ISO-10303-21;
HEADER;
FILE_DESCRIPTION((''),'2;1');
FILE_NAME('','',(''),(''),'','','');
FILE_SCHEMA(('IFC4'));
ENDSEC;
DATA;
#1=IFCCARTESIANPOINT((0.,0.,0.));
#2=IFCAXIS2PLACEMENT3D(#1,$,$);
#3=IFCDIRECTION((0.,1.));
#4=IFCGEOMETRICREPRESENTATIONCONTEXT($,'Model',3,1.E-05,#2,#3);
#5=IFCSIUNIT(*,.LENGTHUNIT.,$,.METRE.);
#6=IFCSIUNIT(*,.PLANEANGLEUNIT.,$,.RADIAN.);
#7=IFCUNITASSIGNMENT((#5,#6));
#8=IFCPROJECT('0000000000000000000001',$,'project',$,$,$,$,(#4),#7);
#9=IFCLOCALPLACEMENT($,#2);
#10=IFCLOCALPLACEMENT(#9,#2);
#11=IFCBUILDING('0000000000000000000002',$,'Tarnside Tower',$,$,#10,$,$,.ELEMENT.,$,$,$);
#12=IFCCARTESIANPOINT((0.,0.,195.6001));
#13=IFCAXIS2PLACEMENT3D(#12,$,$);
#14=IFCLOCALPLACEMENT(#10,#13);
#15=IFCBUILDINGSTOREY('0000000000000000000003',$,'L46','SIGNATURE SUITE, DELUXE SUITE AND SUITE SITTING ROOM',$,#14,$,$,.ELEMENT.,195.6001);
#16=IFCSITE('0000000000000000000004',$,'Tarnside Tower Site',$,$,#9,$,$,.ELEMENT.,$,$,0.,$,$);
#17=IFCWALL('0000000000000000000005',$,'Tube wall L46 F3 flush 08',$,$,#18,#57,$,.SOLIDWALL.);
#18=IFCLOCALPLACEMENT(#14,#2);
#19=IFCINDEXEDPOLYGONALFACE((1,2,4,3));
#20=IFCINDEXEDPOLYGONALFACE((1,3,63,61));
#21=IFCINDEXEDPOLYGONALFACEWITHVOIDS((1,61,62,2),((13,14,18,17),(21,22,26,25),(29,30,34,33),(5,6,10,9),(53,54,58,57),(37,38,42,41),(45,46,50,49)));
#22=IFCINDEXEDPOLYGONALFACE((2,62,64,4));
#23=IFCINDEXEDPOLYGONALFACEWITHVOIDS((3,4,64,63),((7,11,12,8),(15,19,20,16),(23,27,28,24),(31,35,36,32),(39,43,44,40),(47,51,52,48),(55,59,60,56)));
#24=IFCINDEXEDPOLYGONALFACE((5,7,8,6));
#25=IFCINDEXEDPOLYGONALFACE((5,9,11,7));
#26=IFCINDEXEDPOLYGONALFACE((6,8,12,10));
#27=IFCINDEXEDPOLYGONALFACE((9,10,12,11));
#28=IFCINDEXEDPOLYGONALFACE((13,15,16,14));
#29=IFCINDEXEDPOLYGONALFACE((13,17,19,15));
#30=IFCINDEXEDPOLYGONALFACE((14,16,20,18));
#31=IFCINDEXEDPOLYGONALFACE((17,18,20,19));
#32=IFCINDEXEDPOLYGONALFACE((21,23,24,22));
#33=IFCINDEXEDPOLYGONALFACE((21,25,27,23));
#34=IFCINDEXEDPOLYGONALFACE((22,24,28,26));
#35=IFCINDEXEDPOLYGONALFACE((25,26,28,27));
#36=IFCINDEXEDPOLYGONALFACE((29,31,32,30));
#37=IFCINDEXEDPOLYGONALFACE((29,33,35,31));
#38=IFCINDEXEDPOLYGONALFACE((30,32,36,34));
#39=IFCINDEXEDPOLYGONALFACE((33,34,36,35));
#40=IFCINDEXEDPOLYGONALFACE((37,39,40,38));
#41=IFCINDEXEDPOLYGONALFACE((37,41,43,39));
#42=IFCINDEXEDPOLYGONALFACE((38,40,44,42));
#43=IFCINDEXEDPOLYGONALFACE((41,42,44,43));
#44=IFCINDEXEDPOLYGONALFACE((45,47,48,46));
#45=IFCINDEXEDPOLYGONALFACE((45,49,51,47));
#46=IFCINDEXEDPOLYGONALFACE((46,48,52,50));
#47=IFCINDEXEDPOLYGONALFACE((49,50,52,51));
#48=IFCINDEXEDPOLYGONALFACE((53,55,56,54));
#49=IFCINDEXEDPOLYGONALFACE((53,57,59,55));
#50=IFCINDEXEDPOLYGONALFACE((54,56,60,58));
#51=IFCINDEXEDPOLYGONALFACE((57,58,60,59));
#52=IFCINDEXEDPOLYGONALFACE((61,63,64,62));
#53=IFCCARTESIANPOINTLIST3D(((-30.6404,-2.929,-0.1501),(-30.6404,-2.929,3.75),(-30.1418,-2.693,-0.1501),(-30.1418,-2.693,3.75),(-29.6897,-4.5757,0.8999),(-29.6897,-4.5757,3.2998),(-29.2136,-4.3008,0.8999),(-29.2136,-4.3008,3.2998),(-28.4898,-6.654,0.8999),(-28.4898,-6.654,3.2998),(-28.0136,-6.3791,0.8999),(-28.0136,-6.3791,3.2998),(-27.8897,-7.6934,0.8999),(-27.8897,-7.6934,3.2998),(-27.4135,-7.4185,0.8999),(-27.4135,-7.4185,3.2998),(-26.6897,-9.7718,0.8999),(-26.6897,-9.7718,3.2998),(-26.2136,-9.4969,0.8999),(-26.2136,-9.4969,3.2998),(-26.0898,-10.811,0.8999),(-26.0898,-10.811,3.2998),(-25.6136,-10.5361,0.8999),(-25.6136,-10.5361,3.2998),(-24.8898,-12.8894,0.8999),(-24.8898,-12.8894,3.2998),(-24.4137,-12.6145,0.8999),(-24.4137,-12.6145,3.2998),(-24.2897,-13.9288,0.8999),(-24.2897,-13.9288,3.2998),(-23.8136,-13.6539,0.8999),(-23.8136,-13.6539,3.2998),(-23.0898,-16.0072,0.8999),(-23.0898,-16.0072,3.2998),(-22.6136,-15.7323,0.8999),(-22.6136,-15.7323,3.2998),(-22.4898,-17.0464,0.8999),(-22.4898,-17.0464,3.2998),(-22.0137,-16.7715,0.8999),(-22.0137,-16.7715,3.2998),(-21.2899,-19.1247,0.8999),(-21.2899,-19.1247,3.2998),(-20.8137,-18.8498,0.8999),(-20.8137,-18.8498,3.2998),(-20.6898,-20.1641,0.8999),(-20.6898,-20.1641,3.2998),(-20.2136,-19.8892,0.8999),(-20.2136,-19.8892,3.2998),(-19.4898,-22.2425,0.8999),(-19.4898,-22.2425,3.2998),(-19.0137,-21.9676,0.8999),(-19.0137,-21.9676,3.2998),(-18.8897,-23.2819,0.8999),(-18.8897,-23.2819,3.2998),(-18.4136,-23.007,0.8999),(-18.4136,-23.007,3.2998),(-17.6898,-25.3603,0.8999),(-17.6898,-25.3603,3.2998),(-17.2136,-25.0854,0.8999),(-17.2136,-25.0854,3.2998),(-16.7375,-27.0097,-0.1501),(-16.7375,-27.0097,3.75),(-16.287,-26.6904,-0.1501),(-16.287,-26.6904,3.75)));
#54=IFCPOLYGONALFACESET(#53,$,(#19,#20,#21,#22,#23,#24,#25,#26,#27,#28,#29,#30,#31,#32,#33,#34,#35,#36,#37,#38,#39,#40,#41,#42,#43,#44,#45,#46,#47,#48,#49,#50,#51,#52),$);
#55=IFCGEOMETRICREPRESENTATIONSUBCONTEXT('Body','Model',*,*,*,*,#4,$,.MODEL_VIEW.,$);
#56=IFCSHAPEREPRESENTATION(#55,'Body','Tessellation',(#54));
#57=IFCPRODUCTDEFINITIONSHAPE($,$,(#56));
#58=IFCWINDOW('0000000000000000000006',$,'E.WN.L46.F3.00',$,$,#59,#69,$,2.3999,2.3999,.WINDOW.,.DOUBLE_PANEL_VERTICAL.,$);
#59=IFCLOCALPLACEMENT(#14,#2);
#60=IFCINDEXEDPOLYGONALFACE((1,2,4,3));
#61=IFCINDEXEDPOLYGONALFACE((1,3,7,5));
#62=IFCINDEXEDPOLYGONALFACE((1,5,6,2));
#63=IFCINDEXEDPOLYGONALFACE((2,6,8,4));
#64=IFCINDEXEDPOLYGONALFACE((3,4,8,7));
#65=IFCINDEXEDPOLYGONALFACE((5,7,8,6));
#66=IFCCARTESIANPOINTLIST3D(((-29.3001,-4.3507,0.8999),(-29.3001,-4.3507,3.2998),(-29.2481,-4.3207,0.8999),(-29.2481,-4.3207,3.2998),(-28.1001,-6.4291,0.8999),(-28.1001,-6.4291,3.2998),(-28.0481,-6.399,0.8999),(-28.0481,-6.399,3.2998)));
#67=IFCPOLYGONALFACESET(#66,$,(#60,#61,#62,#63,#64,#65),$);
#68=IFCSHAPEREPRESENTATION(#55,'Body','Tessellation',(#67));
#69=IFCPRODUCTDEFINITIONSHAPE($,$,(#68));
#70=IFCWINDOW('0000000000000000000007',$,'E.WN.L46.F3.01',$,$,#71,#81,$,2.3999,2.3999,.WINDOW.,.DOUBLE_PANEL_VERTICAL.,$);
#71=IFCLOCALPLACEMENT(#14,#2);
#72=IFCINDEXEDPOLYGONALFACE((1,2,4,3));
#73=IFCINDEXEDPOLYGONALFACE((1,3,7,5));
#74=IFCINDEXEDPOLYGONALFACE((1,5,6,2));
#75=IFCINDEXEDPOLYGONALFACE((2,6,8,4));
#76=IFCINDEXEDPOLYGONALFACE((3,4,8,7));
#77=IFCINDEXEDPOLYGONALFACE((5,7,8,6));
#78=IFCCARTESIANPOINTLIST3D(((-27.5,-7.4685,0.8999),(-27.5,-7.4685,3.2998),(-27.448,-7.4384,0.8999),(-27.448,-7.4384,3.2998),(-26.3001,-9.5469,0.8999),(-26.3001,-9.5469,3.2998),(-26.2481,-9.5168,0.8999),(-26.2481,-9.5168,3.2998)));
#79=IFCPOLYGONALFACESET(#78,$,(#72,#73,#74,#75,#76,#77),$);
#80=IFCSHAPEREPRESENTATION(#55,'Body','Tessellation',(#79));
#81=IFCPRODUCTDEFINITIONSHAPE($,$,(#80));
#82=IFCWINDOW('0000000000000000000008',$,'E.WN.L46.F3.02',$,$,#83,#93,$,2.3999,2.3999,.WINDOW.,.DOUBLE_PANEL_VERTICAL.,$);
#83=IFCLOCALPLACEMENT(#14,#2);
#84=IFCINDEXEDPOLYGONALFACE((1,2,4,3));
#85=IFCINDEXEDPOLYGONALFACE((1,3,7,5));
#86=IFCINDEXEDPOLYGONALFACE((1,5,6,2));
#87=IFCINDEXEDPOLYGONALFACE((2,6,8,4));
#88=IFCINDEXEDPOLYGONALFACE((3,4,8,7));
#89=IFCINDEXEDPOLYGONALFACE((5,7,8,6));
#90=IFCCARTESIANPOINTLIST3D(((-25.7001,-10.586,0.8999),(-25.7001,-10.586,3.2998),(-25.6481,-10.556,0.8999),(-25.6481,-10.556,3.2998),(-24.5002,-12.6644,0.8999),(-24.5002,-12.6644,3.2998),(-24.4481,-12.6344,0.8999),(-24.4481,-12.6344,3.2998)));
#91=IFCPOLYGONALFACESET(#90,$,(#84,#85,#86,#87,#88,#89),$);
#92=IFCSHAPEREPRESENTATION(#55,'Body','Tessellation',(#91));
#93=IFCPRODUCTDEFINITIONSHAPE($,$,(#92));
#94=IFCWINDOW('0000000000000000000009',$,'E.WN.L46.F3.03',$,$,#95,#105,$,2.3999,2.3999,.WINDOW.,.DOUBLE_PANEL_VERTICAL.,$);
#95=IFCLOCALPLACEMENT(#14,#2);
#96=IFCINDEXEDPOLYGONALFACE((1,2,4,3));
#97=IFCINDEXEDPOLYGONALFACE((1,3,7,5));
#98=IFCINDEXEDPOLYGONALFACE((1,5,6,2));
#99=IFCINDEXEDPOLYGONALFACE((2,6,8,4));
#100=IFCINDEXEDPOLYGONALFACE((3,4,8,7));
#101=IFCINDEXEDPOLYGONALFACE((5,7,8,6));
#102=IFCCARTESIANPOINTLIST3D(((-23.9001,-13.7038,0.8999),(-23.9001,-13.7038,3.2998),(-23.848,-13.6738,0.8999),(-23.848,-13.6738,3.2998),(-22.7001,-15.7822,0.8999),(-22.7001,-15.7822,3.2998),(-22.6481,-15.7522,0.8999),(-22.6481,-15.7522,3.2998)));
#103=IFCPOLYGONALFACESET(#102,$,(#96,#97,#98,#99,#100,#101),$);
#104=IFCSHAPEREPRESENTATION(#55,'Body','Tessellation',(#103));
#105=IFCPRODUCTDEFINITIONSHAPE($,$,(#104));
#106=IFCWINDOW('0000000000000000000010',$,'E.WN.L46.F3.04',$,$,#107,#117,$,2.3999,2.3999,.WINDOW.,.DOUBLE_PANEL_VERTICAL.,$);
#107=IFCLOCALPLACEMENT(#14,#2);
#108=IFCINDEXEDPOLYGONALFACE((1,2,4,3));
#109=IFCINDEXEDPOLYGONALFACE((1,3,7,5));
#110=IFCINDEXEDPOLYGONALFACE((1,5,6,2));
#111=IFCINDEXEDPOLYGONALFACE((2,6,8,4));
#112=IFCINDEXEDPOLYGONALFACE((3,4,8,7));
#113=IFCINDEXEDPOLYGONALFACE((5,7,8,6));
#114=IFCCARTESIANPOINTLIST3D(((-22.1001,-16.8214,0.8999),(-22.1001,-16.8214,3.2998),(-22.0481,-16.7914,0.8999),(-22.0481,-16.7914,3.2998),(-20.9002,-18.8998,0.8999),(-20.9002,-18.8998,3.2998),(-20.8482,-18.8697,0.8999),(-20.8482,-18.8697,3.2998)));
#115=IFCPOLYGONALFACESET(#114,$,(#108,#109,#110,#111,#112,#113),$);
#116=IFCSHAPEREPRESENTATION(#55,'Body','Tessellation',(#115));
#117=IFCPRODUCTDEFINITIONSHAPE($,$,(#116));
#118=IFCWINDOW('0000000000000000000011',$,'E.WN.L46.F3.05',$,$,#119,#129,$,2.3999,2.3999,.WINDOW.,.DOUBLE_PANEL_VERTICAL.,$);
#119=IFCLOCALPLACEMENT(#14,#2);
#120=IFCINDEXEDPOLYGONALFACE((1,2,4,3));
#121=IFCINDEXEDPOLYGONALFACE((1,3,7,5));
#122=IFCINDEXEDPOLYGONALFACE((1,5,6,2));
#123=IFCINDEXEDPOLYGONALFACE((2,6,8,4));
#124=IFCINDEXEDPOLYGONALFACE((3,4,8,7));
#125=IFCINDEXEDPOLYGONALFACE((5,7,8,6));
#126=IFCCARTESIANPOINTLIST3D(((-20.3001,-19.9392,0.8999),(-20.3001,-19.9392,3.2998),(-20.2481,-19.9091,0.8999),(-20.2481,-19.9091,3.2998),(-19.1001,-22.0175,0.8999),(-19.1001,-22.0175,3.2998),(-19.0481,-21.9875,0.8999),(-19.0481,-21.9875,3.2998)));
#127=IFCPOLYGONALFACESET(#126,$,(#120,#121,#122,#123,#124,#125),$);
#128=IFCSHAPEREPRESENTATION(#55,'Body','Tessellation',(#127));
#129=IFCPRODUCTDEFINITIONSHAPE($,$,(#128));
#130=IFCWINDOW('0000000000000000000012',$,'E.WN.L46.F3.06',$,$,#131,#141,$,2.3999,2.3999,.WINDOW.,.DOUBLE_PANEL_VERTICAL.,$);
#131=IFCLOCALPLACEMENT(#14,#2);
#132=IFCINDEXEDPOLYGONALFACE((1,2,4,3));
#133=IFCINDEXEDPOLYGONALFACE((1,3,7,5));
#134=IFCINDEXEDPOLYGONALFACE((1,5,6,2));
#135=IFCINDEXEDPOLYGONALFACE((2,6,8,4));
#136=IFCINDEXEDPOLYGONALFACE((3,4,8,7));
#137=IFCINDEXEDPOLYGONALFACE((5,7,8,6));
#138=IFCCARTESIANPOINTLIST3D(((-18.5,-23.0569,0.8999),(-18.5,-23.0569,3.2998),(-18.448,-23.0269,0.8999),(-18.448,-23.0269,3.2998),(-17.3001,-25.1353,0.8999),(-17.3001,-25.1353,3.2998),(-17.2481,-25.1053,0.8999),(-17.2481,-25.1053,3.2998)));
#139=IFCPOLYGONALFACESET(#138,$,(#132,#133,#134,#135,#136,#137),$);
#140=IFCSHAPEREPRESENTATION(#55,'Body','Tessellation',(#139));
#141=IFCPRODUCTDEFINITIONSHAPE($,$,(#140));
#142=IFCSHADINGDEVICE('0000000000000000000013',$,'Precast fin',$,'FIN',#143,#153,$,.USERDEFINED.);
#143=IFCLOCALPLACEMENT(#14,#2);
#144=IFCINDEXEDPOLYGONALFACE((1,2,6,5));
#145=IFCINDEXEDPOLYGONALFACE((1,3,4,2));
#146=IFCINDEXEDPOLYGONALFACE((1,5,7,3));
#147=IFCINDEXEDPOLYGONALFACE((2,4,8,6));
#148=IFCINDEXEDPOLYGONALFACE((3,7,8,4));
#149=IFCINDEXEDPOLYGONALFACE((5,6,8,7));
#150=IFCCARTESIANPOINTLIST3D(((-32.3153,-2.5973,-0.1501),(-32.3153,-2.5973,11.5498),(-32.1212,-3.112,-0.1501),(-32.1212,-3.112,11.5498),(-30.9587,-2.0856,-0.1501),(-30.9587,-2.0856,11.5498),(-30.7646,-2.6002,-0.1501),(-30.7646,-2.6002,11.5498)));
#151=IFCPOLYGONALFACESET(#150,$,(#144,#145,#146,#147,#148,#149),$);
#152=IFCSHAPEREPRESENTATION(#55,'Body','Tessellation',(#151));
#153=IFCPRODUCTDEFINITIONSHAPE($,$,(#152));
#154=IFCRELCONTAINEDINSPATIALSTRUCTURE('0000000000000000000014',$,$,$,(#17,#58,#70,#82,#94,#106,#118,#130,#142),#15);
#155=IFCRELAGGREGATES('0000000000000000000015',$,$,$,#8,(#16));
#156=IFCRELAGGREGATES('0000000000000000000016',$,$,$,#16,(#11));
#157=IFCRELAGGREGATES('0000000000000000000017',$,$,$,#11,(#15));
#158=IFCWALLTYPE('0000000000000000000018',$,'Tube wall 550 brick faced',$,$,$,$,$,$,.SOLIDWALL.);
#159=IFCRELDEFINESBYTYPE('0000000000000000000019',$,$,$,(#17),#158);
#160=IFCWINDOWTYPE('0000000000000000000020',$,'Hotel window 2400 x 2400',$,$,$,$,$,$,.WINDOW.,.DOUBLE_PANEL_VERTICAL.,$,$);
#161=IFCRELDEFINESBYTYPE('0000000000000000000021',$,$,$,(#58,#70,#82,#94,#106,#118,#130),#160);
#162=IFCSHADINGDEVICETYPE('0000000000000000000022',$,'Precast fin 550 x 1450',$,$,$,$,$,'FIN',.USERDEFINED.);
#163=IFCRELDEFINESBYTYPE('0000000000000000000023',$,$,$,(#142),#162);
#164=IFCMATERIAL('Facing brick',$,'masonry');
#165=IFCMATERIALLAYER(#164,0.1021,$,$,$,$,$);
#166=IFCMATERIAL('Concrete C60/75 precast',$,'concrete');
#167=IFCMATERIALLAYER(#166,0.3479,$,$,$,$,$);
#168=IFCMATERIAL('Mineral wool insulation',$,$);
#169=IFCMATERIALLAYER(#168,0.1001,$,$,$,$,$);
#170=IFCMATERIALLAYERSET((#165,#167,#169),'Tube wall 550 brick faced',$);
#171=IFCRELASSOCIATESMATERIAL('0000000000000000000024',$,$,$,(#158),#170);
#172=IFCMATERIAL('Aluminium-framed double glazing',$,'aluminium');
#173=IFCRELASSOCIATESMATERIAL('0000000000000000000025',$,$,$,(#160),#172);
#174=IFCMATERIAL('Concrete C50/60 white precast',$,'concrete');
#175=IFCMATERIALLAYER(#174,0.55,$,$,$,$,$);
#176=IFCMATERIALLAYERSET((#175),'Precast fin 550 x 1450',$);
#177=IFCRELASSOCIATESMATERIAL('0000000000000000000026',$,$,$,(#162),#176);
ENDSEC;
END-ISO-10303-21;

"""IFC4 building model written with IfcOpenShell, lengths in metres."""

from ifc_helpers import new_model, si_unit, direction, frame, frame_2d, origin, place, context, subcontext, project, spatial, polyline, rectangle, outline, extrude, material, layer, layer_set, type_object, element, fill, save


model = new_model("IFC4")

# Units and contexts
model_context = context("Model", 3, precision=1e-05, world=origin(), true_north=direction((0.0, 1.0)))
body_context = subcontext(model_context, "Body", "Model", "MODEL_VIEW")
ifc_project = project(units=[si_unit("LENGTHUNIT", "METRE"), si_unit("PLANEANGLEUNIT", "RADIAN")], contexts=[model_context])

# Site, building, storey
site_placement = place(None, origin())
site = spatial("IfcSite", under=ifc_project, at=site_placement, Name="Tarnside Tower Site", CompositionType="ELEMENT", RefElevation=0.0)
building_placement = place(site_placement, origin())
building = spatial("IfcBuilding", under=site, at=building_placement, Name="Tarnside Tower", CompositionType="ELEMENT")
storey_placement = place(building_placement, frame((0.0, 0.0, 195.6001)))
storey = spatial("IfcBuildingStorey", under=building, at=storey_placement, Name="L46", Description="SIGNATURE SUITE, DELUXE SUITE AND SUITE SITTING ROOM", CompositionType="ELEMENT", Elevation=195.6001)

# Shared definitions
ifc_material_1 = material(Name="Facing brick", Category="masonry")
ifc_layer_1 = layer(ifc_material_1, 0.1021)
ifc_material_2 = material(Name="Concrete C60/75 precast", Category="concrete")
ifc_layer_2 = layer(ifc_material_2, 0.3479)
ifc_material_3 = material(Name="Mineral wool insulation")
ifc_layer_3 = layer(ifc_material_3, 0.1001)
ifc_layer_set_1 = layer_set([ifc_layer_1, ifc_layer_2, ifc_layer_3], Name="Tube wall 550 brick faced")
wall_type = type_object("IfcWallType", Name="Tube wall 550 brick faced", PredefinedType="SOLIDWALL", material=ifc_layer_set_1)

# Wall, openings, windows
wall_1_placement = place(storey_placement, frame((-30.3911, -2.811, -0.1501), z_axis=(0.0, 0.0, 1.0), x_axis=(0.499999, -0.866026, 0.0)))
wall_1 = element("IfcWall", 1, at=wall_1_placement, inside=storey, type_object=wall_type, Name="Tube wall L46 F3 flush 08", PredefinedType="SOLIDWALL", context=body_context, shape_type="SweptSolid", body=[
    extrude(outline(polyline([(-0.0225, -0.2749), (27.7834, -0.2749), (27.7322, 0.2749), (0.0225, 0.2749), (-0.0225, -0.2749)])), origin(), (0.0, 0.0, 1.0), 3.9001),
])
opening_1_placement = place(wall_1_placement, frame((1.8789, 0.0, 1.05)))
opening_1 = element("IfcOpeningElement", 2, at=opening_1_placement, cuts=wall_1, PredefinedType="OPENING", context=body_context, shape_type="SweptSolid", body=[
    extrude(rectangle(XDim=2.3999, YDim=2.3999, at=frame_2d((1.2, 1.2))), frame((0.0, 0.2852, 0.0), z_axis=(0.0, -1.0, 0.0), x_axis=(1.0, 0.0, 0.0)), (0.0, 0.0, 1.0), 0.5701),
])
opening_2_placement = place(wall_1_placement, frame((5.479, 0.0, 1.05)))
opening_2 = element("IfcOpeningElement", 3, at=opening_2_placement, cuts=wall_1, PredefinedType="OPENING", context=body_context, shape_type="SweptSolid", body=[
    extrude(rectangle(XDim=2.3999, YDim=2.3999, at=frame_2d((1.2, 1.2))), frame((0.0, 0.2852, 0.0), z_axis=(0.0, -1.0, 0.0), x_axis=(1.0, 0.0, 0.0)), (0.0, 0.0, 1.0), 0.5701),
])
opening_3_placement = place(wall_1_placement, frame((9.0789, 0.0, 1.05)))
opening_3 = element("IfcOpeningElement", 4, at=opening_3_placement, cuts=wall_1, PredefinedType="OPENING", context=body_context, shape_type="SweptSolid", body=[
    extrude(rectangle(XDim=2.3999, YDim=2.3999, at=frame_2d((1.2, 1.2))), frame((0.0, 0.2852, 0.0), z_axis=(0.0, -1.0, 0.0), x_axis=(1.0, 0.0, 0.0)), (0.0, 0.0, 1.0), 0.5701),
])
opening_4_placement = place(wall_1_placement, frame((12.679, 0.0, 1.05)))
opening_4 = element("IfcOpeningElement", 5, at=opening_4_placement, cuts=wall_1, PredefinedType="OPENING", context=body_context, shape_type="SweptSolid", body=[
    extrude(rectangle(XDim=2.3999, YDim=2.3999, at=frame_2d((1.2, 1.2))), frame((0.0, 0.2852, 0.0), z_axis=(0.0, -1.0, 0.0), x_axis=(1.0, 0.0, 0.0)), (0.0, 0.0, 1.0), 0.5701),
])
opening_5_placement = place(wall_1_placement, frame((16.2788, 0.0, 1.05)))
opening_5 = element("IfcOpeningElement", 6, at=opening_5_placement, cuts=wall_1, PredefinedType="OPENING", context=body_context, shape_type="SweptSolid", body=[
    extrude(rectangle(XDim=2.3999, YDim=2.3999, at=frame_2d((1.2, 1.2))), frame((0.0, 0.2852, 0.0), z_axis=(0.0, -1.0, 0.0), x_axis=(1.0, 0.0, 0.0)), (0.0, 0.0, 1.0), 0.5701),
])
opening_6_placement = place(wall_1_placement, frame((19.8789, 0.0, 1.05)))
opening_6 = element("IfcOpeningElement", 7, at=opening_6_placement, cuts=wall_1, PredefinedType="OPENING", context=body_context, shape_type="SweptSolid", body=[
    extrude(rectangle(XDim=2.3999, YDim=2.3999, at=frame_2d((1.2, 1.2))), frame((0.0, 0.2852, 0.0), z_axis=(0.0, -1.0, 0.0), x_axis=(1.0, 0.0, 0.0)), (0.0, 0.0, 1.0), 0.5701),
])
opening_7_placement = place(wall_1_placement, frame((23.479, 0.0, 1.05)))
opening_7 = element("IfcOpeningElement", 8, at=opening_7_placement, cuts=wall_1, PredefinedType="OPENING", context=body_context, shape_type="SweptSolid", body=[
    extrude(rectangle(XDim=2.3999, YDim=2.3999, at=frame_2d((1.2, 1.2))), frame((0.0, 0.2852, 0.0), z_axis=(0.0, -1.0, 0.0), x_axis=(1.0, 0.0, 0.0)), (0.0, 0.0, 1.0), 0.5701),
])
ifc_material_4 = material(Name="Aluminium-framed double glazing", Category="aluminium")
window_type = type_object("IfcWindowType", Name="Hotel window 2400 x 2400", PartitioningType="DOUBLE_PANEL_VERTICAL", PredefinedType="WINDOW", material=ifc_material_4)
window_1_placement = place(opening_1_placement, frame((0.0, 0.2051, 0.0)))
window_1 = element("IfcWindow", 9, at=window_1_placement, inside=storey, type_object=window_type, Name="E.WN.L46.F3.00", OverallHeight=2.3999, OverallWidth=2.3999, PartitioningType="DOUBLE_PANEL_VERTICAL", PredefinedType="WINDOW", context=body_context, shape_type="SweptSolid", body=[
    extrude(rectangle(XDim=2.3999, YDim=2.3999, at=frame_2d((1.2, 1.2))), frame((0.0, 0.03, 0.0), z_axis=(0.0, -1.0, 0.0), x_axis=(1.0, 0.0, 0.0)), (0.0, 0.0, 1.0), 0.0601),
])
fill(opening_1, window_1)
window_2_placement = place(opening_2_placement, frame((0.0, 0.2051, 0.0)))
window_2 = element("IfcWindow", 10, at=window_2_placement, inside=storey, type_object=window_type, Name="E.WN.L46.F3.01", OverallHeight=2.3999, OverallWidth=2.3999, PartitioningType="DOUBLE_PANEL_VERTICAL", PredefinedType="WINDOW", context=body_context, shape_type="SweptSolid", body=[
    extrude(rectangle(XDim=2.3999, YDim=2.3999, at=frame_2d((1.2, 1.2))), frame((0.0, 0.03, 0.0), z_axis=(0.0, -1.0, 0.0), x_axis=(1.0, 0.0, 0.0)), (0.0, 0.0, 1.0), 0.0601),
])
fill(opening_2, window_2)
window_3_placement = place(opening_3_placement, frame((0.0, 0.2051, 0.0)))
window_3 = element("IfcWindow", 11, at=window_3_placement, inside=storey, type_object=window_type, Name="E.WN.L46.F3.02", OverallHeight=2.3999, OverallWidth=2.3999, PartitioningType="DOUBLE_PANEL_VERTICAL", PredefinedType="WINDOW", context=body_context, shape_type="SweptSolid", body=[
    extrude(rectangle(XDim=2.3999, YDim=2.3999, at=frame_2d((1.2, 1.2))), frame((0.0, 0.03, 0.0), z_axis=(0.0, -1.0, 0.0), x_axis=(1.0, 0.0, 0.0)), (0.0, 0.0, 1.0), 0.0601),
])
fill(opening_3, window_3)
window_4_placement = place(opening_4_placement, frame((0.0, 0.2051, 0.0)))
window_4 = element("IfcWindow", 12, at=window_4_placement, inside=storey, type_object=window_type, Name="E.WN.L46.F3.03", OverallHeight=2.3999, OverallWidth=2.3999, PartitioningType="DOUBLE_PANEL_VERTICAL", PredefinedType="WINDOW", context=body_context, shape_type="SweptSolid", body=[
    extrude(rectangle(XDim=2.3999, YDim=2.3999, at=frame_2d((1.2, 1.2))), frame((0.0, 0.03, 0.0), z_axis=(0.0, -1.0, 0.0), x_axis=(1.0, 0.0, 0.0)), (0.0, 0.0, 1.0), 0.0601),
])
fill(opening_4, window_4)
window_5_placement = place(opening_5_placement, frame((0.0, 0.2051, 0.0)))
window_5 = element("IfcWindow", 13, at=window_5_placement, inside=storey, type_object=window_type, Name="E.WN.L46.F3.04", OverallHeight=2.3999, OverallWidth=2.3999, PartitioningType="DOUBLE_PANEL_VERTICAL", PredefinedType="WINDOW", context=body_context, shape_type="SweptSolid", body=[
    extrude(rectangle(XDim=2.3999, YDim=2.3999, at=frame_2d((1.2, 1.2))), frame((0.0, 0.03, 0.0), z_axis=(0.0, -1.0, 0.0), x_axis=(1.0, 0.0, 0.0)), (0.0, 0.0, 1.0), 0.0601),
])
fill(opening_5, window_5)
window_6_placement = place(opening_6_placement, frame((0.0, 0.2051, 0.0)))
window_6 = element("IfcWindow", 14, at=window_6_placement, inside=storey, type_object=window_type, Name="E.WN.L46.F3.05", OverallHeight=2.3999, OverallWidth=2.3999, PartitioningType="DOUBLE_PANEL_VERTICAL", PredefinedType="WINDOW", context=body_context, shape_type="SweptSolid", body=[
    extrude(rectangle(XDim=2.3999, YDim=2.3999, at=frame_2d((1.2, 1.2))), frame((0.0, 0.03, 0.0), z_axis=(0.0, -1.0, 0.0), x_axis=(1.0, 0.0, 0.0)), (0.0, 0.0, 1.0), 0.0601),
])
fill(opening_6, window_6)
window_7_placement = place(opening_7_placement, frame((0.0, 0.2051, 0.0)))
window_7 = element("IfcWindow", 15, at=window_7_placement, inside=storey, type_object=window_type, Name="E.WN.L46.F3.06", OverallHeight=2.3999, OverallWidth=2.3999, PartitioningType="DOUBLE_PANEL_VERTICAL", PredefinedType="WINDOW", context=body_context, shape_type="SweptSolid", body=[
    extrude(rectangle(XDim=2.3999, YDim=2.3999, at=frame_2d((1.2, 1.2))), frame((0.0, 0.03, 0.0), z_axis=(0.0, -1.0, 0.0), x_axis=(1.0, 0.0, 0.0)), (0.0, 0.0, 1.0), 0.0601),
])
fill(opening_7, window_7)

# Shading device
ifc_material_5 = material(Name="Concrete C50/60 white precast", Category="concrete")
ifc_layer_4 = layer(ifc_material_5, 0.55)
ifc_layer_set_2 = layer_set([ifc_layer_4], Name="Precast fin 550 x 1450")
shading_device_type_1 = type_object("IfcShadingDeviceType", Name="Precast fin 550 x 1450", ElementType="FIN", PredefinedType="USERDEFINED", material=ifc_layer_set_2)
shading_device_placement = place(storey_placement, frame((-30.8616, -2.343, -0.1501), z_axis=(-0.352931, 0.93565, 0.0), x_axis=(-0.93565, -0.352931, 0.0)))
element("IfcShadingDevice", 16, at=shading_device_placement, inside=storey, type_object=shading_device_type_1, Name="Precast fin", ObjectType="FIN", PredefinedType="USERDEFINED", context=body_context, shape_type="SweptSolid", body=[
    extrude(outline(polyline([(0.0, 0.0), (1.45, 0.0), (1.45, 11.7), (0.0, 11.7), (0.0, 0.0)])), frame((0.0, 0.0, -0.2749)), (0.0, 0.0, 1.0), 0.55),
])

save(model, "model.ifc")
